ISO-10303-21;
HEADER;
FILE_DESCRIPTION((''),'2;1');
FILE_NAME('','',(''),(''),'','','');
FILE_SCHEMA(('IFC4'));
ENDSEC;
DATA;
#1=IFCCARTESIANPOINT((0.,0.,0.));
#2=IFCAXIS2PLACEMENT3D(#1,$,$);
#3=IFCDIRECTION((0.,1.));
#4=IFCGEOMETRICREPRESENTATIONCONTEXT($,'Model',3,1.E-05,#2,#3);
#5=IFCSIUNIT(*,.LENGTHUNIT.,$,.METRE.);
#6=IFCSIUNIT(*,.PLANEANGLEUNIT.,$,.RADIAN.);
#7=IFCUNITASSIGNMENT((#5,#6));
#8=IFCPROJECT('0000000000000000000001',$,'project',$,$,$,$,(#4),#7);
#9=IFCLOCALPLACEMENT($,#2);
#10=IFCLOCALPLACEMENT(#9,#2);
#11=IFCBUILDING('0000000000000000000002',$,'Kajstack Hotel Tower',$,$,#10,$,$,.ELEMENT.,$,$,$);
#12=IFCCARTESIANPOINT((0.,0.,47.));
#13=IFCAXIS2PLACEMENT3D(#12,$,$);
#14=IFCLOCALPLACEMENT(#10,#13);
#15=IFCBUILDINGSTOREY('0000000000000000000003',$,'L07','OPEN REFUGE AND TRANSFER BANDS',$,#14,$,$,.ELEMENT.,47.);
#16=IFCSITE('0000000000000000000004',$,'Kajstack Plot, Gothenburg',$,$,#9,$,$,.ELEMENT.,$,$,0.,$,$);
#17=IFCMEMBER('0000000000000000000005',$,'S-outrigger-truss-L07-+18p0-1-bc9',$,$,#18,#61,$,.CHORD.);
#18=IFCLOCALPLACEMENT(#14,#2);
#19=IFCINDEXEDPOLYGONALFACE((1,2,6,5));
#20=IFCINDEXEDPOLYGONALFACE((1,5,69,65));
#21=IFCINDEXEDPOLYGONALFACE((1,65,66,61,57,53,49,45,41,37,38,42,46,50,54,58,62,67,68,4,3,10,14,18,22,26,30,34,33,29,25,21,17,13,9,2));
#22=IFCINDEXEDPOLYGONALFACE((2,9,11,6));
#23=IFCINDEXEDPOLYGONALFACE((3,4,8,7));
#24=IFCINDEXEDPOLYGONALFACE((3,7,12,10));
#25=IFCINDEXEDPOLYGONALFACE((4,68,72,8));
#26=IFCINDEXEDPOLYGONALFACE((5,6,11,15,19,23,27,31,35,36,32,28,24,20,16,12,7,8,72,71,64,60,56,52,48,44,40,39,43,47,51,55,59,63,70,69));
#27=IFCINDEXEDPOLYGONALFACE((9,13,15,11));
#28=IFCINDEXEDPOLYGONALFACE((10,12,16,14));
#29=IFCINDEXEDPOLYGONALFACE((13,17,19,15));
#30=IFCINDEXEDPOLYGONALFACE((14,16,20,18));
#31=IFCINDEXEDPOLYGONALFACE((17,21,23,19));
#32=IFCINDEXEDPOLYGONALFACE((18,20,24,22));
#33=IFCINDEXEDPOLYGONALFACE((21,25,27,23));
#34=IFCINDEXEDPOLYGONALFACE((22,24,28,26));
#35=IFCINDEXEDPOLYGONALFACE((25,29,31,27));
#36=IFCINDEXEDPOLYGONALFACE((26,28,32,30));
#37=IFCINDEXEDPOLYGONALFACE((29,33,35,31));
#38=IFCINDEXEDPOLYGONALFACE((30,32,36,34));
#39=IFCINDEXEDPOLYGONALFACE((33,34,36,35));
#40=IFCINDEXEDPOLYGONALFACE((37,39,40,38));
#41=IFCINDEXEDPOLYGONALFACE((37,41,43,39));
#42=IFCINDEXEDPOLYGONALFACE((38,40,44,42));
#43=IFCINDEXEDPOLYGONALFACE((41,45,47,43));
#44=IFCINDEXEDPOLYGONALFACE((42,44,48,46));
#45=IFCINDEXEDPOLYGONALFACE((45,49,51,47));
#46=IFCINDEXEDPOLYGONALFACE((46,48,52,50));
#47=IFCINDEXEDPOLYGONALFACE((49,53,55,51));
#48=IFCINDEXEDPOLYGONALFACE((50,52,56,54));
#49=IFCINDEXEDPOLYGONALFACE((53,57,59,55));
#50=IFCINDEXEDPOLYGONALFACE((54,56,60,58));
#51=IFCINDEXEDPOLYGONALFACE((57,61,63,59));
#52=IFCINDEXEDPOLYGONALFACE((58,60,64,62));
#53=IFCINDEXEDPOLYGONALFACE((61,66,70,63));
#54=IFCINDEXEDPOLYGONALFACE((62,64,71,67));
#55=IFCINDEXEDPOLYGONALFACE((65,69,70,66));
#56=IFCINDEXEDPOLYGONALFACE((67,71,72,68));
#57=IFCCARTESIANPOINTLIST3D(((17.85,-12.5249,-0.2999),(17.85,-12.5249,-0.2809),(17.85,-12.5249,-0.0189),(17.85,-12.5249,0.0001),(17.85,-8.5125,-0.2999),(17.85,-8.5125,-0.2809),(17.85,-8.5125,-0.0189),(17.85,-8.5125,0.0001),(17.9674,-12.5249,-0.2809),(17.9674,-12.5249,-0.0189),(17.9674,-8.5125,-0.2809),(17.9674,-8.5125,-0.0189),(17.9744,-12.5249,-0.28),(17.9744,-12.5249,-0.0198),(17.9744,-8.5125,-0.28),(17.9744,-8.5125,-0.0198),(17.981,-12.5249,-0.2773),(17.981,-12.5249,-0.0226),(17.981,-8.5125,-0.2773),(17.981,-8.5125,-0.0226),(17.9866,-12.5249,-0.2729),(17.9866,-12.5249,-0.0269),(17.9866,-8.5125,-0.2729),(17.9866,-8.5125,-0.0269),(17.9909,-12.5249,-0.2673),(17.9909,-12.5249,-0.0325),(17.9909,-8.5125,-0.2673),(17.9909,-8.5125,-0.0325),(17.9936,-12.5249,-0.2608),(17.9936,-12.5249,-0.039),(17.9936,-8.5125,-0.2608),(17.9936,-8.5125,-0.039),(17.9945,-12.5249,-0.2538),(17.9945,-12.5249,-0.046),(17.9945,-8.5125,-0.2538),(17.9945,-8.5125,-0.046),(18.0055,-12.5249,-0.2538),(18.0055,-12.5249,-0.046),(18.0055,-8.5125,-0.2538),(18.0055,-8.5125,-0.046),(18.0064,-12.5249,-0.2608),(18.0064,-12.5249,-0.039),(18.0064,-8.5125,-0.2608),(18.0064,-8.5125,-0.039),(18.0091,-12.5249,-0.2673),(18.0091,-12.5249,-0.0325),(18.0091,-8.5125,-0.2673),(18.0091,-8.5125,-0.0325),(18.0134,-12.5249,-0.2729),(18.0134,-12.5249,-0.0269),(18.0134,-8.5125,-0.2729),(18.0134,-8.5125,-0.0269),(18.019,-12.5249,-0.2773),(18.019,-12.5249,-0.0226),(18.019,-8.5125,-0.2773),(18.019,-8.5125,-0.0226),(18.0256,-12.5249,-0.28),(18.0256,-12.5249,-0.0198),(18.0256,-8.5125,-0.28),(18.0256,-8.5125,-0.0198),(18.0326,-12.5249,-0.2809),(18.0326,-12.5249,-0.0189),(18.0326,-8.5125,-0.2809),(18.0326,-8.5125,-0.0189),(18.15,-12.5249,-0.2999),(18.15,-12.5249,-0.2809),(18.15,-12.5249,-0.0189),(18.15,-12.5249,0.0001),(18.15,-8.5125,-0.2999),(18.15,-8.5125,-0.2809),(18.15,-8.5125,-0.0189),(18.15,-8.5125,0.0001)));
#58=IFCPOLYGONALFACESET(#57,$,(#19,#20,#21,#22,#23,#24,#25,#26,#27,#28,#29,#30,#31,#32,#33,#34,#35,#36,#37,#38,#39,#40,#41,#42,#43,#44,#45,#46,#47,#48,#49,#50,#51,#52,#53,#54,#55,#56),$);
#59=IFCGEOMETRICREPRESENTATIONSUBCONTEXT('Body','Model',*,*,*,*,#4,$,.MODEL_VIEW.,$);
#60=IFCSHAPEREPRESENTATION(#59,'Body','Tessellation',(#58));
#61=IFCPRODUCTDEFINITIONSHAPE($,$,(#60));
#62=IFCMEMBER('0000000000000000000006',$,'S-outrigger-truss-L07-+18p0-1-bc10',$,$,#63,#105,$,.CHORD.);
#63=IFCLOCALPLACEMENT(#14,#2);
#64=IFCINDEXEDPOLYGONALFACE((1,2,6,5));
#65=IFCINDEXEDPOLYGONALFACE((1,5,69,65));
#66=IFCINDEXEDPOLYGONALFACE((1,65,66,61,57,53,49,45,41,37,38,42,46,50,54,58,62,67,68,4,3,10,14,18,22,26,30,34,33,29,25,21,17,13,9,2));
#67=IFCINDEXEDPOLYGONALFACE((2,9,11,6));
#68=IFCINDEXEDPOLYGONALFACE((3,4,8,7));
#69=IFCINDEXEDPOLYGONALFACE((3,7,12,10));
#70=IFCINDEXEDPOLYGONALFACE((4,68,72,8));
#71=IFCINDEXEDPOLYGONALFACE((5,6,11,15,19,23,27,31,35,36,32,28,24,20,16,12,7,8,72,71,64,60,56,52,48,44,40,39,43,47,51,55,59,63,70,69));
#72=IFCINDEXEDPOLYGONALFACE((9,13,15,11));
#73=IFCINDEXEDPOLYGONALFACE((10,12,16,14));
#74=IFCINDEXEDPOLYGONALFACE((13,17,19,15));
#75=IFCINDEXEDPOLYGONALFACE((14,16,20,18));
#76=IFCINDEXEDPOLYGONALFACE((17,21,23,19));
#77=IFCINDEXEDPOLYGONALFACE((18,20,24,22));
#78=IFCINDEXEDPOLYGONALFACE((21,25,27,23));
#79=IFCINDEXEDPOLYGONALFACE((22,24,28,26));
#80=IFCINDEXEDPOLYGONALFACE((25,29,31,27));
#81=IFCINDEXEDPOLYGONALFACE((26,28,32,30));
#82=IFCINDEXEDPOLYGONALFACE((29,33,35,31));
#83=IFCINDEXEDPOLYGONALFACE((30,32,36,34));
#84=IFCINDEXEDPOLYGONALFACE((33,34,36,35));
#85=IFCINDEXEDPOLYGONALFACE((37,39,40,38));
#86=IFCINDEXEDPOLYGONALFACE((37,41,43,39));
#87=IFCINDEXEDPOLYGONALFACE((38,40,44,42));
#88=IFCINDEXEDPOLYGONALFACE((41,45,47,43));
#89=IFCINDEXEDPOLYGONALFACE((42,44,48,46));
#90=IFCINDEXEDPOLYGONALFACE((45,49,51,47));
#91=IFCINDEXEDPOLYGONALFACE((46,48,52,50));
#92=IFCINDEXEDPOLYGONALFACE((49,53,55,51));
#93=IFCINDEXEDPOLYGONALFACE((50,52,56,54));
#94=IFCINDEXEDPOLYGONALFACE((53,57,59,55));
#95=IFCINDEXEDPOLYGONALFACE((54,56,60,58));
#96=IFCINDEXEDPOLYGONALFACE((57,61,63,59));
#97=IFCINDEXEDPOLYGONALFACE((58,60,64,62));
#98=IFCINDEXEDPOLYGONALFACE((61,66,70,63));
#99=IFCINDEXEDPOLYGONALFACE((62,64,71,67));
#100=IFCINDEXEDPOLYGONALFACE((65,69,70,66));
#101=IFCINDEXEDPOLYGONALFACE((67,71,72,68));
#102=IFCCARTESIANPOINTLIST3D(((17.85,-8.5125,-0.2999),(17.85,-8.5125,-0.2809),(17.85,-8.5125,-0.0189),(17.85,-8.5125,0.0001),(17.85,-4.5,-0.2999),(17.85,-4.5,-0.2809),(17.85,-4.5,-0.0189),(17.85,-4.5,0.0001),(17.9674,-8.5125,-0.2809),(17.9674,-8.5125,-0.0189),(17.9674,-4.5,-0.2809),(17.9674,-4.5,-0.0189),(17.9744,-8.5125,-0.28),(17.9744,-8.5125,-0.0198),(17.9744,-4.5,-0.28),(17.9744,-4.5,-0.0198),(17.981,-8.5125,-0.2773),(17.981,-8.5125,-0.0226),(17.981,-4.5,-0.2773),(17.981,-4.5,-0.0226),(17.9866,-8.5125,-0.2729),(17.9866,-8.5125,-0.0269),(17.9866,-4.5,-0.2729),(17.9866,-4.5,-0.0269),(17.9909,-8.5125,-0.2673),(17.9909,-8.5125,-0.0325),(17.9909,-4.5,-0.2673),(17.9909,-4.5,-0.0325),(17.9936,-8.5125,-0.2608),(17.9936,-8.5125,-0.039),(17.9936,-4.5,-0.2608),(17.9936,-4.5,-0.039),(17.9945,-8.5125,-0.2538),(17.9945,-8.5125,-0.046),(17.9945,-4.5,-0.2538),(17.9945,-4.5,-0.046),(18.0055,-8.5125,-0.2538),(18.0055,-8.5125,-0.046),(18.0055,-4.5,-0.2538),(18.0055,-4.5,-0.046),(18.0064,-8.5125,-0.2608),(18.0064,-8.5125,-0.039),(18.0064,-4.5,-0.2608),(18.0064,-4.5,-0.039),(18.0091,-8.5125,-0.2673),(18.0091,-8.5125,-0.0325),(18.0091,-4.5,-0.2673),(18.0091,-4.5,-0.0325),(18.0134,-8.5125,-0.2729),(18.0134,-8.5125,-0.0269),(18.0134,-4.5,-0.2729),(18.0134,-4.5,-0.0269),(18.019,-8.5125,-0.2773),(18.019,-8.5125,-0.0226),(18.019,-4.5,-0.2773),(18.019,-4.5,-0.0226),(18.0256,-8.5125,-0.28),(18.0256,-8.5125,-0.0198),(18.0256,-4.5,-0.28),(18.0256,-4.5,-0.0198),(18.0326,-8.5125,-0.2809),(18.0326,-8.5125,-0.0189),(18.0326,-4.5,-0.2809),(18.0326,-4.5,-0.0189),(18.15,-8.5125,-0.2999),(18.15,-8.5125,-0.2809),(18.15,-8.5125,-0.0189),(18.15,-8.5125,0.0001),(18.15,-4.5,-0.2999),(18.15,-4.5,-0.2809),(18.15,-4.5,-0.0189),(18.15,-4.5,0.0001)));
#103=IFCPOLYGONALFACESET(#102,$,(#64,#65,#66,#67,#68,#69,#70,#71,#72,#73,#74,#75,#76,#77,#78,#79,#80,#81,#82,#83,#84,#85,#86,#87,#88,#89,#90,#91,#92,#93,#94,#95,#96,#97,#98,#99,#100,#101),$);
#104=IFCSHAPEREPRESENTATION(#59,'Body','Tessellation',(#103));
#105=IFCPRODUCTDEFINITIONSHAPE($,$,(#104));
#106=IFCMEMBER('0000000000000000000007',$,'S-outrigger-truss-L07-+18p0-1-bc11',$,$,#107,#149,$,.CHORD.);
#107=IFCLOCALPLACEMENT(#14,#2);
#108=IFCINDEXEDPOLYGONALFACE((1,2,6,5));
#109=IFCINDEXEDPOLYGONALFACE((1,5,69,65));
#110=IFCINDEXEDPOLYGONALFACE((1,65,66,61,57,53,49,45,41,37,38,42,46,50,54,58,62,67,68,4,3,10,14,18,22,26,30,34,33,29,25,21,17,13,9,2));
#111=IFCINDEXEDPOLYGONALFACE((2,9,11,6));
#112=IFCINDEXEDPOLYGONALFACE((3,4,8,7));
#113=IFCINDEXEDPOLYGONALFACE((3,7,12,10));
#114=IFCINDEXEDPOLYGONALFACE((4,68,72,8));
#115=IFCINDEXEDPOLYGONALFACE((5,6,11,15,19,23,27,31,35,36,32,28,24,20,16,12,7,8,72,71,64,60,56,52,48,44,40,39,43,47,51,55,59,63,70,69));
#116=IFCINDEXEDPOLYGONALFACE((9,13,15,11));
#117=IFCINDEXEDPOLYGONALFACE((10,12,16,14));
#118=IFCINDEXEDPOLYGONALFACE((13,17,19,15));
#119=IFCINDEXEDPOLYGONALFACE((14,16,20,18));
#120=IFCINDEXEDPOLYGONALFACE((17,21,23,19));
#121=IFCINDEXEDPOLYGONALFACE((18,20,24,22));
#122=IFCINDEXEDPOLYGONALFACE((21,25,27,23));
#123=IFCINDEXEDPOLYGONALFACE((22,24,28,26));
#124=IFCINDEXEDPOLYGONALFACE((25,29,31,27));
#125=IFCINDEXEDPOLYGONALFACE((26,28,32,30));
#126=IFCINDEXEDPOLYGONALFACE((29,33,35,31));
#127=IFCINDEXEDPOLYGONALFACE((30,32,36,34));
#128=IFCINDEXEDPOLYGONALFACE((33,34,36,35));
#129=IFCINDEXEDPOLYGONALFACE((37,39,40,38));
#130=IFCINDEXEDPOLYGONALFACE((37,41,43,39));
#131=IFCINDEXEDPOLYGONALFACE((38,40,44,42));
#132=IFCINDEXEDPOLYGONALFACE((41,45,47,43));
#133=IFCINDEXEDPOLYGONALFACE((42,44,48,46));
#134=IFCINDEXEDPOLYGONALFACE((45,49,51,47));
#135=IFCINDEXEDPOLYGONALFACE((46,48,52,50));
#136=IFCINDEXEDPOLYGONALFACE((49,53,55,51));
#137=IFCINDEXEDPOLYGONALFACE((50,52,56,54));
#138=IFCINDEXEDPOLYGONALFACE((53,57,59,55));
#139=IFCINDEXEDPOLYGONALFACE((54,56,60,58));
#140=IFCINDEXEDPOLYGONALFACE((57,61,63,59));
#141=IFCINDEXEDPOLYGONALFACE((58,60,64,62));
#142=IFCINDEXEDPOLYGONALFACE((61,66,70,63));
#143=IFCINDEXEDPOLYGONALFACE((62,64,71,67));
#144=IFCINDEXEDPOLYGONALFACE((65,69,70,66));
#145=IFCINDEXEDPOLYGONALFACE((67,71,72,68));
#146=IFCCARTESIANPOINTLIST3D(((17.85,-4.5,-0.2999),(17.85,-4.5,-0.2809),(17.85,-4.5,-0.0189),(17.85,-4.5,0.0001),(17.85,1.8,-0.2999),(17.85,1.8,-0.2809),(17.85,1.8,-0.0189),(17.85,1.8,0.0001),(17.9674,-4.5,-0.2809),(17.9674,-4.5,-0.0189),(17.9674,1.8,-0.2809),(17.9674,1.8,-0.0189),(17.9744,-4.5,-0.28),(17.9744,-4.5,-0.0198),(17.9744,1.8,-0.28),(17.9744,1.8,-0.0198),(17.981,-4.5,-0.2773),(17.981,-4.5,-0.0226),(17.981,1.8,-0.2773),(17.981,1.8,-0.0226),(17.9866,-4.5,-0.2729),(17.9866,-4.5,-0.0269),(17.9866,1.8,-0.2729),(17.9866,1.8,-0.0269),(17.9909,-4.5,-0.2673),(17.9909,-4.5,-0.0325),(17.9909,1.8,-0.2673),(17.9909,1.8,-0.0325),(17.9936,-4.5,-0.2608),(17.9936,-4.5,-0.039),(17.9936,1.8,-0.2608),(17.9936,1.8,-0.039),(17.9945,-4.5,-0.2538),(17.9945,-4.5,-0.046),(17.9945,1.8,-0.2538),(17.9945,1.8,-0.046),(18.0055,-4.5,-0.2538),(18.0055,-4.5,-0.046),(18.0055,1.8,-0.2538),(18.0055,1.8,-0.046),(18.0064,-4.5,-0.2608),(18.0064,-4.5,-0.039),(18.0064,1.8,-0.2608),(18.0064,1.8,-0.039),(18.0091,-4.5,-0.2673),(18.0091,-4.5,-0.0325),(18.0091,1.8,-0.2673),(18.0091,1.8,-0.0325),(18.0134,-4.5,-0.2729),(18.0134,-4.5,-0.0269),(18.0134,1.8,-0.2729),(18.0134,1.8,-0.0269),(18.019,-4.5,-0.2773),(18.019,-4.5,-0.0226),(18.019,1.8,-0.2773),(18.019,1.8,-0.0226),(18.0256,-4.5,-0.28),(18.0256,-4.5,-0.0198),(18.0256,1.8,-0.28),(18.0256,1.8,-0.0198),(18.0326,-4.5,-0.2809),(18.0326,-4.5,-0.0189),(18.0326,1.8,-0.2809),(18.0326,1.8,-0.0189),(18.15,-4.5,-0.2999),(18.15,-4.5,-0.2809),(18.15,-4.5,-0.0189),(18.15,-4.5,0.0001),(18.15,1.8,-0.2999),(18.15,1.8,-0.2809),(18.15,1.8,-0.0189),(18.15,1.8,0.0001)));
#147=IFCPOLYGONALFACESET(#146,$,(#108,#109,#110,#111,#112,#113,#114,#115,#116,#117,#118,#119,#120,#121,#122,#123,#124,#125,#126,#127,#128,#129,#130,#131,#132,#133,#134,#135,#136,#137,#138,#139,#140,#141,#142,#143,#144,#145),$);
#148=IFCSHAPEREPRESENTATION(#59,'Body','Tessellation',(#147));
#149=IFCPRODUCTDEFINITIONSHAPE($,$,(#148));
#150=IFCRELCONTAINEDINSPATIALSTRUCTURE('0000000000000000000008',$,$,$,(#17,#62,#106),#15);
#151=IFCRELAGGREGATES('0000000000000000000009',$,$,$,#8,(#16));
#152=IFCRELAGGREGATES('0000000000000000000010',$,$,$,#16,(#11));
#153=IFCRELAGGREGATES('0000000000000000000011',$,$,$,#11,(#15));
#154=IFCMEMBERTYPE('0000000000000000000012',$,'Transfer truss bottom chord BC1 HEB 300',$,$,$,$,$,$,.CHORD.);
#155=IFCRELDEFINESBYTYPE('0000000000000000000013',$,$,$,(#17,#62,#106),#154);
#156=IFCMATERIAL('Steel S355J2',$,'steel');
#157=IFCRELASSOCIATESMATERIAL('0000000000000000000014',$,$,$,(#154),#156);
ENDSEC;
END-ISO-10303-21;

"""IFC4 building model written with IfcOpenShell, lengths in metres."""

from ifc_helpers import new_model, si_unit, direction, frame, origin, origin_2d, place, context, subcontext, project, spatial, i_section, extrude, material, material_profile, profile_set, type_object, element, save


model = new_model("IFC4")

# Units and contexts
model_context = context("Model", 3, precision=1e-05, world=origin(), true_north=direction((0.0, 1.0)))
body_context = subcontext(model_context, "Body", "Model", "MODEL_VIEW")
ifc_project = project(units=[si_unit("LENGTHUNIT", "METRE"), si_unit("PLANEANGLEUNIT", "RADIAN")], contexts=[model_context])

# Site, building, storey
site_placement = place(None, origin())
site = spatial("IfcSite", under=ifc_project, at=site_placement, Name="Kajstack Plot, Gothenburg", CompositionType="ELEMENT", RefElevation=0.0)
building_placement = place(site_placement, origin())
building = spatial("IfcBuilding", under=site, at=building_placement, Name="Kajstack Hotel Tower", CompositionType="ELEMENT")
storey_placement = place(building_placement, frame((0.0, 0.0, 47.0)))
storey = spatial("IfcBuildingStorey", under=building, at=storey_placement, Name="L07", Description="OPEN REFUGE AND TRANSFER BANDS", CompositionType="ELEMENT", Elevation=47.0)

# Members
ifc_material = material(Name="Steel S355J2", Category="steel")
ifc_material_profile_1 = material_profile(ifc_material, i_section(OverallWidth=0.3, OverallDepth=0.3, WebThickness=0.011, FlangeThickness=0.019, FilletRadius=0.0271, at=origin_2d()), Name="HEB 300")
ifc_profile_set_1 = profile_set([ifc_material_profile_1], Name="Steel S355J2")
member_type_1 = type_object("IfcMemberType", Name="Transfer truss bottom chord BC1 HEB 300", PredefinedType="CHORD", material=ifc_profile_set_1)
for number, where, z_axis, x_axis, name in (
    (1, (18.0, -12.5249, -0.1499), (0.0, 1.0, 0.0), (-1.0, 0.0, 0.0), "S-outrigger-truss-L07-+18p0-1-bc9"),
    (2, (18.0, -8.5125, -0.1499), (0.0, 1.0, 0.0), (-1.0, 0.0, 0.0), "S-outrigger-truss-L07-+18p0-1-bc10"),
):
    element("IfcMember", number, at=place(storey_placement, frame(where, z_axis=z_axis, x_axis=x_axis)), inside=storey, type_object=member_type_1, Name=name, PredefinedType="CHORD", context=body_context, shape_type="SweptSolid", body=[
        extrude(i_section(OverallWidth=0.3, OverallDepth=0.3, WebThickness=0.011, FlangeThickness=0.019, FilletRadius=0.0271, at=origin_2d()), origin(), (0.0, 0.0, 1.0), 4.0125),
    ])
member_1_placement = place(storey_placement, frame((18.0, -4.5, -0.1499), z_axis=(0.0, 1.0, 0.0), x_axis=(-1.0, 0.0, 0.0)))
element("IfcMember", 3, at=member_1_placement, inside=storey, type_object=member_type_1, Name="S-outrigger-truss-L07-+18p0-1-bc11", PredefinedType="CHORD", context=body_context, shape_type="SweptSolid", body=[
    extrude(i_section(OverallWidth=0.3, OverallDepth=0.3, WebThickness=0.011, FlangeThickness=0.019, FilletRadius=0.0271, at=origin_2d()), origin(), (0.0, 0.0, 1.0), 6.3),
])

save(model, "model.ifc")
